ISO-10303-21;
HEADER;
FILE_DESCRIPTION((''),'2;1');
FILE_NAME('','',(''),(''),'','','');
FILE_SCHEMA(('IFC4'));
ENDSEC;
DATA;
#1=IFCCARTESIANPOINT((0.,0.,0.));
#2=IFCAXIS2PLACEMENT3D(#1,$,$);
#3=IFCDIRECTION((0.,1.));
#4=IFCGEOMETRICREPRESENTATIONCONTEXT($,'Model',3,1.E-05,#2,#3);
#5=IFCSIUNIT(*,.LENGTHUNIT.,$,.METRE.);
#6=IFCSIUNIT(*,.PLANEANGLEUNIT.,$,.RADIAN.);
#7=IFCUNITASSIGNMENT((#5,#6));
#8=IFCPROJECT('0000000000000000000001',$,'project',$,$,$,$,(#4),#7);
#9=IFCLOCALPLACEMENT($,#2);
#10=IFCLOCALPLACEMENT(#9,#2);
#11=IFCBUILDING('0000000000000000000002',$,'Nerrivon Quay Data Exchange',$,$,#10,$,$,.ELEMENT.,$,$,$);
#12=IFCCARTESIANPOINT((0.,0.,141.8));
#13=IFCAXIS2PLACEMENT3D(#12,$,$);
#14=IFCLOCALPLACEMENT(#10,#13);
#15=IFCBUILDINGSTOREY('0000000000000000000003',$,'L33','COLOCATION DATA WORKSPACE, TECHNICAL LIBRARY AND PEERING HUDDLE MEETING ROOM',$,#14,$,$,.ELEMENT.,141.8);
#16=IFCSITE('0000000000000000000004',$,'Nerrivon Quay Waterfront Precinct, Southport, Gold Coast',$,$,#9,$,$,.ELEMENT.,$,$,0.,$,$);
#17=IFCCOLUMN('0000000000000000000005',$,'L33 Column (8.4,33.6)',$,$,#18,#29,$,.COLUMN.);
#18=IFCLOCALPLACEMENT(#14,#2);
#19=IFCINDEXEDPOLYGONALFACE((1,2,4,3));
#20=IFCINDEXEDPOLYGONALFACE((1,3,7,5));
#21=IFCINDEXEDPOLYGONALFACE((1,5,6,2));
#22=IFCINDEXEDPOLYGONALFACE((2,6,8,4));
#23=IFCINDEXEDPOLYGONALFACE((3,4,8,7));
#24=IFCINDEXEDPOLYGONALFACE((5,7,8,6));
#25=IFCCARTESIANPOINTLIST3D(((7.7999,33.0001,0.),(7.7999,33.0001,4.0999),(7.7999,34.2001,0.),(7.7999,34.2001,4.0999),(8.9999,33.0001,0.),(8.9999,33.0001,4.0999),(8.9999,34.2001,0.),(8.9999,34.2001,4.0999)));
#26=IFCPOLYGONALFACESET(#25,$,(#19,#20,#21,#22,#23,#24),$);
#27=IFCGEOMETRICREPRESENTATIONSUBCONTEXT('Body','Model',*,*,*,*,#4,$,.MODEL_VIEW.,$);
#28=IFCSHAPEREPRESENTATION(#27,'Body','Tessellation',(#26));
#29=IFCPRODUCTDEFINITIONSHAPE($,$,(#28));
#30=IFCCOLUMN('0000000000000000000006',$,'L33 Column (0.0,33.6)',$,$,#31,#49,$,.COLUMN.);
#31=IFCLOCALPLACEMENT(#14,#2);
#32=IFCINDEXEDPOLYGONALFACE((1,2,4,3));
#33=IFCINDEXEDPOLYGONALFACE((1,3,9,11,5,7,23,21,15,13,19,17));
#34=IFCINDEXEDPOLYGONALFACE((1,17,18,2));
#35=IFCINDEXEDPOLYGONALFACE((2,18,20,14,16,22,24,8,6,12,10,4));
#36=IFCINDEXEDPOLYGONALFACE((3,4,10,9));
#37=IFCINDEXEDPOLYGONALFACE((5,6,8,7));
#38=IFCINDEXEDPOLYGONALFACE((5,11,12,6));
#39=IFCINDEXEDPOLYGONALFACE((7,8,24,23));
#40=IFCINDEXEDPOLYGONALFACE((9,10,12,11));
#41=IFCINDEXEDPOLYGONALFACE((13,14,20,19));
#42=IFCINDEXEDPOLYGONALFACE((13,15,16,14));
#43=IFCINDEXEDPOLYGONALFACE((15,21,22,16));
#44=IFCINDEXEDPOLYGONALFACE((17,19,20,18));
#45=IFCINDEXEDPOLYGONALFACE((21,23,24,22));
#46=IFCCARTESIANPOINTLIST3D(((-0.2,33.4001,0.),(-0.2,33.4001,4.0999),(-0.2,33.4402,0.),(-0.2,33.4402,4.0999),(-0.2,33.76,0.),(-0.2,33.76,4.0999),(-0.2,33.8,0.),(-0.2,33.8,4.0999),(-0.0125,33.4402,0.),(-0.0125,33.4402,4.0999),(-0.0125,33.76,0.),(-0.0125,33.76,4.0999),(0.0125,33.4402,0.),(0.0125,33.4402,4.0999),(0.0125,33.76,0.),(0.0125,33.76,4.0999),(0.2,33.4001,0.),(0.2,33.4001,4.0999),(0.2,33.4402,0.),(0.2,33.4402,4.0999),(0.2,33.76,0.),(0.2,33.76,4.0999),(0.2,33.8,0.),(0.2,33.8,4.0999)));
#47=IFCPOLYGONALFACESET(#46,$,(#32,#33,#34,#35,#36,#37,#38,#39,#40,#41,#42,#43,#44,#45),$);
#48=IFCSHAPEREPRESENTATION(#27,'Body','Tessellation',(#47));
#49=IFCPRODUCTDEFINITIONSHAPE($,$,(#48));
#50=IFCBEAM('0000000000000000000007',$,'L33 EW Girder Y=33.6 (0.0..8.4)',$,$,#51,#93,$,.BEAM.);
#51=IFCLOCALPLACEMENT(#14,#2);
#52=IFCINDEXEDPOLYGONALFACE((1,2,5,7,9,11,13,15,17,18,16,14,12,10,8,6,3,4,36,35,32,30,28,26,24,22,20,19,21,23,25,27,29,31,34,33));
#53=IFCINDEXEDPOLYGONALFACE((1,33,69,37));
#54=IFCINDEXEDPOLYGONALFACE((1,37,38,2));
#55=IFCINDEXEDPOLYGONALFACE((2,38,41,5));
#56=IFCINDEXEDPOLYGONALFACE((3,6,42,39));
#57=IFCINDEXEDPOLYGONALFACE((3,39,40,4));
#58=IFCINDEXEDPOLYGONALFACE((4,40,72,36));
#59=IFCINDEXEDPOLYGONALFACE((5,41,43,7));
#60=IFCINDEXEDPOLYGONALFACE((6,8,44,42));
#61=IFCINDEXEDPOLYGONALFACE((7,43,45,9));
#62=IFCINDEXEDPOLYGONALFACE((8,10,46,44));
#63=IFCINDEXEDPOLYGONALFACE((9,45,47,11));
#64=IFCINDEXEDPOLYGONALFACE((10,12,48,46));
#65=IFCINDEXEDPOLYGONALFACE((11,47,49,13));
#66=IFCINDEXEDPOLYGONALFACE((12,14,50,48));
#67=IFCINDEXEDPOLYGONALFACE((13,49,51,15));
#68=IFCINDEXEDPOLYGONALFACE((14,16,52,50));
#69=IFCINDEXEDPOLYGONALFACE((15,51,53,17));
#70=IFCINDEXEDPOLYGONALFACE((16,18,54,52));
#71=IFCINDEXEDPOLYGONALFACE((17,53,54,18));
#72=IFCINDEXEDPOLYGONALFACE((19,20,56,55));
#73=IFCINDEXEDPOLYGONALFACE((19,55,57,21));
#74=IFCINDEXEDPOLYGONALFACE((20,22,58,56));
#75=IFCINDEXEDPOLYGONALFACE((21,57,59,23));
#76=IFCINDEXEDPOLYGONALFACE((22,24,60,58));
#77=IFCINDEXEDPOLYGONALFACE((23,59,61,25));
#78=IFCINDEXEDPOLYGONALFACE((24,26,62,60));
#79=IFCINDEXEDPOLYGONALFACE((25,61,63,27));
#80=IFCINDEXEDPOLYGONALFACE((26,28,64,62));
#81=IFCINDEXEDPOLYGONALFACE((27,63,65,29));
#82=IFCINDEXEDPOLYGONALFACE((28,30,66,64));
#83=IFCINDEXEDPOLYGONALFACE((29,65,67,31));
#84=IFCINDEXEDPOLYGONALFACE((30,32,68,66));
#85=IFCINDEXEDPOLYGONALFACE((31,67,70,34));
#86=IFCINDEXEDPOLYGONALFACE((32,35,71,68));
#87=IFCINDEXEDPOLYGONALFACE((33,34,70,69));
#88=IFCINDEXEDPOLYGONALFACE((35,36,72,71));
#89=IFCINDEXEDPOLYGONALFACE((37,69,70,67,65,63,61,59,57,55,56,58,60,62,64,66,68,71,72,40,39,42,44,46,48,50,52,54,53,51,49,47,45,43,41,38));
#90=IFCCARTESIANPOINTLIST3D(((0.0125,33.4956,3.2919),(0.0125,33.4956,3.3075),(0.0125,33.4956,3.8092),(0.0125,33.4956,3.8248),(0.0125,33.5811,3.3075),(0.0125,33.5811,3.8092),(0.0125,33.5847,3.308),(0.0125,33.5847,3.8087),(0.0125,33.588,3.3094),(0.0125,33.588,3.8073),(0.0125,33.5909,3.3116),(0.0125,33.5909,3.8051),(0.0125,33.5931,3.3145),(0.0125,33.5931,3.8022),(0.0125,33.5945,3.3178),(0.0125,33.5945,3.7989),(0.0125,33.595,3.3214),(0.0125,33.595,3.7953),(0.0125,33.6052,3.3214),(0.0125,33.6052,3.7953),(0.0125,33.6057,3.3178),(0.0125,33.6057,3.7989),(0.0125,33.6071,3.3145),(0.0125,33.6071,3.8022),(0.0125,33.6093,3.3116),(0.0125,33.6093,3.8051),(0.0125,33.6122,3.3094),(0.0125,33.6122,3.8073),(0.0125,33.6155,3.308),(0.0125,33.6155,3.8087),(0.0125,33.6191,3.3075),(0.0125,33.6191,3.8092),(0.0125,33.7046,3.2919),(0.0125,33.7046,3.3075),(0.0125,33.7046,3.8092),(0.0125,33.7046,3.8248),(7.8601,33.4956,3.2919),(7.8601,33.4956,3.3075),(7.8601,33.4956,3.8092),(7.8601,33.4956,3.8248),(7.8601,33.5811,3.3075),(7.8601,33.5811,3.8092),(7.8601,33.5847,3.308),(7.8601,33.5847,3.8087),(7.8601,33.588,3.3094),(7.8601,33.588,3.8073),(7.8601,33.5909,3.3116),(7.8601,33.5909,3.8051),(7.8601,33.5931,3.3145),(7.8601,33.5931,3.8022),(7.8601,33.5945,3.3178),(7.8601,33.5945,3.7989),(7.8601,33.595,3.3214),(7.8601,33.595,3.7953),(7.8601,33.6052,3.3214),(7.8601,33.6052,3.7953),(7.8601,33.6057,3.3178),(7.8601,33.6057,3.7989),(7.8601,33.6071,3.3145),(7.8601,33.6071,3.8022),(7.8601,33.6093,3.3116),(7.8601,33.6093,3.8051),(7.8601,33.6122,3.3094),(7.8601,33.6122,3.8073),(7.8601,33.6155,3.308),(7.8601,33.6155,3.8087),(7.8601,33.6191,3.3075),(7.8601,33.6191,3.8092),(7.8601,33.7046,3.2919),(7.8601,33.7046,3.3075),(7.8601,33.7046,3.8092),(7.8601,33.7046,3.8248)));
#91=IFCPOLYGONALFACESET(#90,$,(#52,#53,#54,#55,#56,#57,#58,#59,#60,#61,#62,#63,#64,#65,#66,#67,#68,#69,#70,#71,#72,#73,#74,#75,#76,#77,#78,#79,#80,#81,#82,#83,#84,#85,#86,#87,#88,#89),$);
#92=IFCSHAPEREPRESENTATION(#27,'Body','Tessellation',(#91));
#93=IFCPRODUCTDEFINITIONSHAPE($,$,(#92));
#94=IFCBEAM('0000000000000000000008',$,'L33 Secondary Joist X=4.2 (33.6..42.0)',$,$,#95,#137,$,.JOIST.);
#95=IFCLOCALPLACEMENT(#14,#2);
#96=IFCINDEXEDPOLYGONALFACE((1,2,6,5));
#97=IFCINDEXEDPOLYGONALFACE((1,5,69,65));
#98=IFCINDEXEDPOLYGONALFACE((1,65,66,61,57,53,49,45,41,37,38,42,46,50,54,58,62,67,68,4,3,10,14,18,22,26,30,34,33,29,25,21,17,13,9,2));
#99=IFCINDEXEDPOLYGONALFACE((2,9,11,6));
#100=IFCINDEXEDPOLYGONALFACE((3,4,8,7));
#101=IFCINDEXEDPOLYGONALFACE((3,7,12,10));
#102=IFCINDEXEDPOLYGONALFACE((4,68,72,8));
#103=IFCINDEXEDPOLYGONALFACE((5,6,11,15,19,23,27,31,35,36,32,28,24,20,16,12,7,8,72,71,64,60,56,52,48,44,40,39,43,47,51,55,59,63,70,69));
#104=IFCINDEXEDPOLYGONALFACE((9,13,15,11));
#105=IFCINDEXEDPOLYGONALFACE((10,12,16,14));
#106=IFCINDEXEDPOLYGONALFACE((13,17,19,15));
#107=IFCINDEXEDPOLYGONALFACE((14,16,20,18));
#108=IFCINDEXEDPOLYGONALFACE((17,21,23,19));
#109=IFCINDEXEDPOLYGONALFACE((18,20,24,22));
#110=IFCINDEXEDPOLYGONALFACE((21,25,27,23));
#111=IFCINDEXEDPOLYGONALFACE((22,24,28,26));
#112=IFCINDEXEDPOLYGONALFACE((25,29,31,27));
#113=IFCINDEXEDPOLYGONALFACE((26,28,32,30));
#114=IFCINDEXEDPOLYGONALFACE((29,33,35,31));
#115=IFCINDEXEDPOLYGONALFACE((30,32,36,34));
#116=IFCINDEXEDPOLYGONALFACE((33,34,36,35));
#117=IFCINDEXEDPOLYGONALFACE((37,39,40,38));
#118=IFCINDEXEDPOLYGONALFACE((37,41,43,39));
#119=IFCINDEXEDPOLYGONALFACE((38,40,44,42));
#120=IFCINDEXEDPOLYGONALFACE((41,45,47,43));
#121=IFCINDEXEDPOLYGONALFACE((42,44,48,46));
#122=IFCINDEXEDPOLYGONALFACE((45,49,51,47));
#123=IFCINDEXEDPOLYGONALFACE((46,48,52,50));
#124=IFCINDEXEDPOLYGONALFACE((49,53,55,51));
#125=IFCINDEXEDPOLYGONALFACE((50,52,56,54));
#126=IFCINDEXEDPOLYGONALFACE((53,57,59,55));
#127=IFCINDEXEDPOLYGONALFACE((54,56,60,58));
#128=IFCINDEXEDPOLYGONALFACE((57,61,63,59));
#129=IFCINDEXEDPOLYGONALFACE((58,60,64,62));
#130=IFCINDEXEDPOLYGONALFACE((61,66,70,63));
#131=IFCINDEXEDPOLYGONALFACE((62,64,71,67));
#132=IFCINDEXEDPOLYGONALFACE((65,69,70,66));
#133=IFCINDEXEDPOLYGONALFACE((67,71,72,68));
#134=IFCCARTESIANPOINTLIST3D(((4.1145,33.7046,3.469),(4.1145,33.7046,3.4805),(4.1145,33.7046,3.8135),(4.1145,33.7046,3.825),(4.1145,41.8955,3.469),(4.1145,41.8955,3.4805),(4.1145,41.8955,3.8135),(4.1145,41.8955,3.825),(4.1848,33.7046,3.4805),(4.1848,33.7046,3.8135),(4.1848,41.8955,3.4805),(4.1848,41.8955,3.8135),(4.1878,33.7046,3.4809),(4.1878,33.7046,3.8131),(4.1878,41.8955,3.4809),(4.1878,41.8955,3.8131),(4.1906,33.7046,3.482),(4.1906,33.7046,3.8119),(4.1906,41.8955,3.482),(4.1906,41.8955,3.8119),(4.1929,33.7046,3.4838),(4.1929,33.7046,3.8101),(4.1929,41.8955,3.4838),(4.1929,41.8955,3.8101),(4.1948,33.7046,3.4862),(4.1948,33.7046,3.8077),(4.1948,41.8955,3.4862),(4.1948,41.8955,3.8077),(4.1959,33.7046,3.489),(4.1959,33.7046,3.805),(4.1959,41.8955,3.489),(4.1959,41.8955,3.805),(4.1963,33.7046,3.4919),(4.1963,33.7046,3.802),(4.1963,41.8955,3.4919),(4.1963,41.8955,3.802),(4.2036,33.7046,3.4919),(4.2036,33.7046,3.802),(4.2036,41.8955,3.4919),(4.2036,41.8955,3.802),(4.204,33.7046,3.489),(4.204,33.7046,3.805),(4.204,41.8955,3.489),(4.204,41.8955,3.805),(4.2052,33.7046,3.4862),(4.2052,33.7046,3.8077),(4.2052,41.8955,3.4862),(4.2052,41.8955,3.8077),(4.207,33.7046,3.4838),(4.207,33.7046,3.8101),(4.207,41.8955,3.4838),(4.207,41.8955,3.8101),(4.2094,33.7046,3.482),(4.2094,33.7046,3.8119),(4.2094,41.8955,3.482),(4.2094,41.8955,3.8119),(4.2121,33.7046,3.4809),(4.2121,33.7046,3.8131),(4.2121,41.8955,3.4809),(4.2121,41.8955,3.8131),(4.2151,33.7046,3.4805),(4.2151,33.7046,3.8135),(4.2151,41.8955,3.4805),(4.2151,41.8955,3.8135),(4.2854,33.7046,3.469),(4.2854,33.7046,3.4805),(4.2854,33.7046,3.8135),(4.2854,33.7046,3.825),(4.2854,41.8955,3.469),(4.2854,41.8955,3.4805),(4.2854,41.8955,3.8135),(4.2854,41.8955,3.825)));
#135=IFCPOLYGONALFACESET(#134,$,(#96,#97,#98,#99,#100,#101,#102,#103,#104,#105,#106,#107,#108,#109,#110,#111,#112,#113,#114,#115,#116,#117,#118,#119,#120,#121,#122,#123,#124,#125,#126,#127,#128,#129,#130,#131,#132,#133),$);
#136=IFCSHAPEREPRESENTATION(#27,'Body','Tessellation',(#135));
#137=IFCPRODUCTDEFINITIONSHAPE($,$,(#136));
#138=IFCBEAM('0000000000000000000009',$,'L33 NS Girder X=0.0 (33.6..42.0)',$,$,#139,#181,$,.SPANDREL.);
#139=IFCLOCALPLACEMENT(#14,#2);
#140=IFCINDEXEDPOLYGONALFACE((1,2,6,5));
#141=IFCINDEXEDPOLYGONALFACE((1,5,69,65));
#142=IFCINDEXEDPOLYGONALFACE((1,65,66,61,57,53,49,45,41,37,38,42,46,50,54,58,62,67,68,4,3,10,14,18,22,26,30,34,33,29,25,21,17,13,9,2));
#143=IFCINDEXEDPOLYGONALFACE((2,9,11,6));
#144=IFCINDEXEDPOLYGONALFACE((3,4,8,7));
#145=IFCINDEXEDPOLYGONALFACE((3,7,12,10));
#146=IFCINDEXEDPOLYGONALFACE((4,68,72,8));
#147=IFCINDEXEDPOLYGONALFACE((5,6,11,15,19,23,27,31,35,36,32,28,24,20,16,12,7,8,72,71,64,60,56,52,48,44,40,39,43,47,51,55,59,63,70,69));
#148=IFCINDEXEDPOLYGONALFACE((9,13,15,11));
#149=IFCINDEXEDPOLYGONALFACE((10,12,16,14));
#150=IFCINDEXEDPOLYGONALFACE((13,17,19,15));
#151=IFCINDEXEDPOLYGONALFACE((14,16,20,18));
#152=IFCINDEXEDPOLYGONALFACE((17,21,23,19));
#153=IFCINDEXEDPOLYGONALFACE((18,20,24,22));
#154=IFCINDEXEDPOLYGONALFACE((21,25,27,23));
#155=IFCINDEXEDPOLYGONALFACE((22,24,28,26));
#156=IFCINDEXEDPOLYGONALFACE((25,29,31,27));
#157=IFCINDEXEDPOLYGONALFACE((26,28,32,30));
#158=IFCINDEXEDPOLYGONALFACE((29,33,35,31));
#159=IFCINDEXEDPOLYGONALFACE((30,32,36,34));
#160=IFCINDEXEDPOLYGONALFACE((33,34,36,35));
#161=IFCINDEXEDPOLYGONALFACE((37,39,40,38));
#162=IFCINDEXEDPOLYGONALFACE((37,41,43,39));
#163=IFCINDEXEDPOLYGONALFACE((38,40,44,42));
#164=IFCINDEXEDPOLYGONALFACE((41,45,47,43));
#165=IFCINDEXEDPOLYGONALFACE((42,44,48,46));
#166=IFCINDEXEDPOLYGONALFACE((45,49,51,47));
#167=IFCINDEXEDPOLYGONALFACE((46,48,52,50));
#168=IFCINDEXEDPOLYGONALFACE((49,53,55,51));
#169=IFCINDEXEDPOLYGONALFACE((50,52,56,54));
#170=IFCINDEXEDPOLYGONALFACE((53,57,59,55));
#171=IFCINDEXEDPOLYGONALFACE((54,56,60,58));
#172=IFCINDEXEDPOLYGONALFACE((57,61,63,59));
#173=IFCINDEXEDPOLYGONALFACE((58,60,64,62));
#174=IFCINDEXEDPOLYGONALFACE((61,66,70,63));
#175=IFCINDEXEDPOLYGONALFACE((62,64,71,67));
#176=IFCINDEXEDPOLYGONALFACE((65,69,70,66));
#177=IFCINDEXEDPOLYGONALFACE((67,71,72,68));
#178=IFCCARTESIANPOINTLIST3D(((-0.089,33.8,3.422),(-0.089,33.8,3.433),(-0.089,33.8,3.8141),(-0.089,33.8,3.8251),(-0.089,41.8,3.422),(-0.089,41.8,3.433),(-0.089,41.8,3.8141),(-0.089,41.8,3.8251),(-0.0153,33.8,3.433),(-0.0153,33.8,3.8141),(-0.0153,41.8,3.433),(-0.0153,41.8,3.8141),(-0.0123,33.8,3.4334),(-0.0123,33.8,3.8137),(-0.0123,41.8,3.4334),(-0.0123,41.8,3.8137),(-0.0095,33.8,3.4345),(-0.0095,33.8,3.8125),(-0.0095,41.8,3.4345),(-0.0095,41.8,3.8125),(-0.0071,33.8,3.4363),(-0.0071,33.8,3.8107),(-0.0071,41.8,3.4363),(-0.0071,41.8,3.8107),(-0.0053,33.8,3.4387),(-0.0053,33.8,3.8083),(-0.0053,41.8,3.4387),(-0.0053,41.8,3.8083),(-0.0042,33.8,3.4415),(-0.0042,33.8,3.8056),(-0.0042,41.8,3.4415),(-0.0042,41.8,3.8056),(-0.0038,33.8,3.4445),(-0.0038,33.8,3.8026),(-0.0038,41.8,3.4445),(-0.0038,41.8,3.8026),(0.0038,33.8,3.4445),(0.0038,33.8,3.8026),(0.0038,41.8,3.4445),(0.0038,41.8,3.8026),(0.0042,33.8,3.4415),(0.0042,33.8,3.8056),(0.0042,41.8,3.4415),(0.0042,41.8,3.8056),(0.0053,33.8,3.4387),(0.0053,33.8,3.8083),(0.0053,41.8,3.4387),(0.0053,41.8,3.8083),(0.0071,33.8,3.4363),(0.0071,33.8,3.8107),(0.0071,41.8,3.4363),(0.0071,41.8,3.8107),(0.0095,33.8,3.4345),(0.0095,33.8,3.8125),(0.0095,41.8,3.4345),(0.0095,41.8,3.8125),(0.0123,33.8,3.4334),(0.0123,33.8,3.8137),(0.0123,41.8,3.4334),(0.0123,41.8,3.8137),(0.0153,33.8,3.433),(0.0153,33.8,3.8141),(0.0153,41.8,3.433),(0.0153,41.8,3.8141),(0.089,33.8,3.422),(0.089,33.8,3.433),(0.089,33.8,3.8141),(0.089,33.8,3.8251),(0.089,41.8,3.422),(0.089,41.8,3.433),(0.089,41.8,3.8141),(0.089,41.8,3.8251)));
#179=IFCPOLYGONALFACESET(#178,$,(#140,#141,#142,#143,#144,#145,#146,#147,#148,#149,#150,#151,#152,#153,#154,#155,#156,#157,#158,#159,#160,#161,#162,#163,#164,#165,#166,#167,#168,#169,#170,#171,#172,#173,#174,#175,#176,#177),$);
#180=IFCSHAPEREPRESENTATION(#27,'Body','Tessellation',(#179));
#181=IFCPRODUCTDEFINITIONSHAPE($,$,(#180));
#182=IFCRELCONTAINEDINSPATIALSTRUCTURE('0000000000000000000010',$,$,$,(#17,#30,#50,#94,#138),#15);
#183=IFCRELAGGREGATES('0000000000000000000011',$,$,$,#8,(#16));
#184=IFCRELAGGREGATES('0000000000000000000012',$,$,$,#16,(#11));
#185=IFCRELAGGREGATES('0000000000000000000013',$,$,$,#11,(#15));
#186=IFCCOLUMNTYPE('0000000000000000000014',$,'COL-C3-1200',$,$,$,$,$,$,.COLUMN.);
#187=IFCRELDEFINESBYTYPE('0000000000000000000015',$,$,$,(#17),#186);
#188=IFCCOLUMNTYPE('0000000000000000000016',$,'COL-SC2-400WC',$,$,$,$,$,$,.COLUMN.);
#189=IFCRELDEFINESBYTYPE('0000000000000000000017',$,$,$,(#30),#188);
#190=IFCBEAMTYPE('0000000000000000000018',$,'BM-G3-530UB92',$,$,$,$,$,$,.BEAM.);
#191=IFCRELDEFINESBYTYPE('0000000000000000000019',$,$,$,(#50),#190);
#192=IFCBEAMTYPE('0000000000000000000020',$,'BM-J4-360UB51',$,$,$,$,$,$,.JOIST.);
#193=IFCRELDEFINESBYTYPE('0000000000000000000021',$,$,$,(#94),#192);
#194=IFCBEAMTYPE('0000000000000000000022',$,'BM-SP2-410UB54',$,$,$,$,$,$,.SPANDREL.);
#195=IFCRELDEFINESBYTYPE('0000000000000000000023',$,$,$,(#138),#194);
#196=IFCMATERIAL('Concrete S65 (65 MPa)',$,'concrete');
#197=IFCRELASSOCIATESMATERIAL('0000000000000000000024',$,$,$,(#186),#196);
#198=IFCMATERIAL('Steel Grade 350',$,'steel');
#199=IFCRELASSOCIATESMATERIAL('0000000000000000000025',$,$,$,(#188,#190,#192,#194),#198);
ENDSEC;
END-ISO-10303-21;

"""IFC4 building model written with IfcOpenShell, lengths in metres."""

from ifc_helpers import new_model, si_unit, direction, frame, origin, origin_2d, place, context, subcontext, project, spatial, rectangle, i_section, extrude, material, material_profile, profile_set, type_object, element, save


model = new_model("IFC4")

# Units and contexts
model_context = context("Model", 3, precision=1e-05, world=origin(), true_north=direction((0.0, 1.0)))
body_context = subcontext(model_context, "Body", "Model", "MODEL_VIEW")
ifc_project = project(units=[si_unit("LENGTHUNIT", "METRE"), si_unit("PLANEANGLEUNIT", "RADIAN")], contexts=[model_context])

# Site, building, storey
site_placement = place(None, origin())
site = spatial("IfcSite", under=ifc_project, at=site_placement, Name="Nerrivon Quay Waterfront Precinct, Southport, Gold Coast", CompositionType="ELEMENT", RefElevation=0.0)
building_placement = place(site_placement, origin())
building = spatial("IfcBuilding", under=site, at=building_placement, Name="Nerrivon Quay Data Exchange", CompositionType="ELEMENT")
storey_placement = place(building_placement, frame((0.0, 0.0, 141.8)))
storey = spatial("IfcBuildingStorey", under=building, at=storey_placement, Name="L33", Description="COLOCATION DATA WORKSPACE, TECHNICAL LIBRARY AND PEERING HUDDLE MEETING ROOM", CompositionType="ELEMENT", Elevation=141.8)

# Columns
ifc_material_1 = material(Name="Concrete S65 (65 MPa)", Category="concrete")
ifc_material_profile_1 = material_profile(ifc_material_1, rectangle(XDim=1.2, YDim=1.2, at=origin_2d()), Name="RC-COL-1200x1200")
ifc_profile_set_1 = profile_set([ifc_material_profile_1], Name="Concrete S65 (65 MPa)")
column_type_1 = type_object("IfcColumnType", Name="COL-C3-1200", PredefinedType="COLUMN", material=ifc_profile_set_1)
column_1_placement = place(storey_placement, frame((8.3999, 33.6001, 0.0), z_axis=(0.0, 0.0, 1.0), x_axis=(1.0, 0.0, 0.0)))
element("IfcColumn", 1, at=column_1_placement, inside=storey, type_object=column_type_1, Name="L33 Column (8.4,33.6)", PredefinedType="COLUMN", context=body_context, shape_type="SweptSolid", body=[
    extrude(rectangle(XDim=1.2, YDim=1.2, at=origin_2d()), origin(), (0.0, 0.0, 1.0), 4.0999),
])
ifc_material_2 = material(Name="Steel Grade 350", Category="steel")
ifc_material_profile_2 = material_profile(ifc_material_2, i_section(OverallWidth=0.3999, OverallDepth=0.3999, WebThickness=0.0249, FlangeThickness=0.04, at=origin_2d()), Name="400WC328")
ifc_profile_set_2 = profile_set([ifc_material_profile_2], Name="Steel Grade 350")
column_type_2 = type_object("IfcColumnType", Name="COL-SC2-400WC", PredefinedType="COLUMN", material=ifc_profile_set_2)
column_2_placement = place(storey_placement, frame((0.0, 33.6001, 0.0), z_axis=(0.0, 0.0, 1.0), x_axis=(1.0, 0.0, 0.0)))
element("IfcColumn", 2, at=column_2_placement, inside=storey, type_object=column_type_2, Name="L33 Column (0.0,33.6)", PredefinedType="COLUMN", context=body_context, shape_type="SweptSolid", body=[
    extrude(i_section(OverallWidth=0.3999, OverallDepth=0.3999, WebThickness=0.0249, FlangeThickness=0.04, at=origin_2d()), origin(), (0.0, 0.0, 1.0), 4.0999),
])

# Beams
ifc_material_profile_3 = material_profile(ifc_material_2, i_section(OverallWidth=0.209, OverallDepth=0.533, WebThickness=0.0103, FlangeThickness=0.0156, FilletRadius=0.0139, at=origin_2d()), Name="530UB92.4")
ifc_profile_set_3 = profile_set([ifc_material_profile_3], Name="Steel Grade 350")
beam_type_1 = type_object("IfcBeamType", Name="BM-G3-530UB92", PredefinedType="BEAM", material=ifc_profile_set_3)
beam_1_placement = place(storey_placement, frame((0.0125, 33.6001, 3.5583), z_axis=(1.0, 0.0, 0.0), x_axis=(0.0, 1.0, 0.0)))
element("IfcBeam", 3, at=beam_1_placement, inside=storey, type_object=beam_type_1, Name="L33 EW Girder Y=33.6 (0.0..8.4)", PredefinedType="BEAM", context=body_context, shape_type="SweptSolid", body=[
    extrude(i_section(OverallWidth=0.209, OverallDepth=0.533, WebThickness=0.0103, FlangeThickness=0.0156, FilletRadius=0.0139, at=origin_2d()), origin(), (0.0, 0.0, 1.0), 7.8477),
])
ifc_material_profile_4 = material_profile(ifc_material_2, i_section(OverallWidth=0.1709, OverallDepth=0.356, WebThickness=0.0073, FlangeThickness=0.0115, FilletRadius=0.0115, at=origin_2d()), Name="360UB50.7")
ifc_profile_set_4 = profile_set([ifc_material_profile_4], Name="Steel Grade 350")
beam_type_2 = type_object("IfcBeamType", Name="BM-J4-360UB51", PredefinedType="JOIST", material=ifc_profile_set_4)
beam_2_placement = place(storey_placement, frame((4.2, 33.7046, 3.647), z_axis=(0.0, 1.0, 0.0), x_axis=(-1.0, 0.0, 0.0)))
element("IfcBeam", 4, at=beam_2_placement, inside=storey, type_object=beam_type_2, Name="L33 Secondary Joist X=4.2 (33.6..42.0)", PredefinedType="JOIST", context=body_context, shape_type="SweptSolid", body=[
    extrude(i_section(OverallWidth=0.1709, OverallDepth=0.356, WebThickness=0.0073, FlangeThickness=0.0115, FilletRadius=0.0115, at=origin_2d()), origin(), (0.0, 0.0, 1.0), 8.1909),
])
ifc_material_profile_5 = material_profile(ifc_material_2, i_section(OverallWidth=0.178, OverallDepth=0.4031, WebThickness=0.0076, FlangeThickness=0.011, FilletRadius=0.0115, at=origin_2d()), Name="410UB53.7")
ifc_profile_set_5 = profile_set([ifc_material_profile_5], Name="Steel Grade 350")
beam_type_3 = type_object("IfcBeamType", Name="BM-SP2-410UB54", PredefinedType="SPANDREL", material=ifc_profile_set_5)
beam_3_placement = place(storey_placement, frame((0.0, 33.8, 3.6235), z_axis=(0.0, 1.0, 0.0), x_axis=(-1.0, 0.0, 0.0)))
element("IfcBeam", 5, at=beam_3_placement, inside=storey, type_object=beam_type_3, Name="L33 NS Girder X=0.0 (33.6..42.0)", PredefinedType="SPANDREL", context=body_context, shape_type="SweptSolid", body=[
    extrude(i_section(OverallWidth=0.178, OverallDepth=0.4031, WebThickness=0.0076, FlangeThickness=0.011, FilletRadius=0.0115, at=origin_2d()), origin(), (0.0, 0.0, 1.0), 8.0),
])

save(model, "model.ifc")
